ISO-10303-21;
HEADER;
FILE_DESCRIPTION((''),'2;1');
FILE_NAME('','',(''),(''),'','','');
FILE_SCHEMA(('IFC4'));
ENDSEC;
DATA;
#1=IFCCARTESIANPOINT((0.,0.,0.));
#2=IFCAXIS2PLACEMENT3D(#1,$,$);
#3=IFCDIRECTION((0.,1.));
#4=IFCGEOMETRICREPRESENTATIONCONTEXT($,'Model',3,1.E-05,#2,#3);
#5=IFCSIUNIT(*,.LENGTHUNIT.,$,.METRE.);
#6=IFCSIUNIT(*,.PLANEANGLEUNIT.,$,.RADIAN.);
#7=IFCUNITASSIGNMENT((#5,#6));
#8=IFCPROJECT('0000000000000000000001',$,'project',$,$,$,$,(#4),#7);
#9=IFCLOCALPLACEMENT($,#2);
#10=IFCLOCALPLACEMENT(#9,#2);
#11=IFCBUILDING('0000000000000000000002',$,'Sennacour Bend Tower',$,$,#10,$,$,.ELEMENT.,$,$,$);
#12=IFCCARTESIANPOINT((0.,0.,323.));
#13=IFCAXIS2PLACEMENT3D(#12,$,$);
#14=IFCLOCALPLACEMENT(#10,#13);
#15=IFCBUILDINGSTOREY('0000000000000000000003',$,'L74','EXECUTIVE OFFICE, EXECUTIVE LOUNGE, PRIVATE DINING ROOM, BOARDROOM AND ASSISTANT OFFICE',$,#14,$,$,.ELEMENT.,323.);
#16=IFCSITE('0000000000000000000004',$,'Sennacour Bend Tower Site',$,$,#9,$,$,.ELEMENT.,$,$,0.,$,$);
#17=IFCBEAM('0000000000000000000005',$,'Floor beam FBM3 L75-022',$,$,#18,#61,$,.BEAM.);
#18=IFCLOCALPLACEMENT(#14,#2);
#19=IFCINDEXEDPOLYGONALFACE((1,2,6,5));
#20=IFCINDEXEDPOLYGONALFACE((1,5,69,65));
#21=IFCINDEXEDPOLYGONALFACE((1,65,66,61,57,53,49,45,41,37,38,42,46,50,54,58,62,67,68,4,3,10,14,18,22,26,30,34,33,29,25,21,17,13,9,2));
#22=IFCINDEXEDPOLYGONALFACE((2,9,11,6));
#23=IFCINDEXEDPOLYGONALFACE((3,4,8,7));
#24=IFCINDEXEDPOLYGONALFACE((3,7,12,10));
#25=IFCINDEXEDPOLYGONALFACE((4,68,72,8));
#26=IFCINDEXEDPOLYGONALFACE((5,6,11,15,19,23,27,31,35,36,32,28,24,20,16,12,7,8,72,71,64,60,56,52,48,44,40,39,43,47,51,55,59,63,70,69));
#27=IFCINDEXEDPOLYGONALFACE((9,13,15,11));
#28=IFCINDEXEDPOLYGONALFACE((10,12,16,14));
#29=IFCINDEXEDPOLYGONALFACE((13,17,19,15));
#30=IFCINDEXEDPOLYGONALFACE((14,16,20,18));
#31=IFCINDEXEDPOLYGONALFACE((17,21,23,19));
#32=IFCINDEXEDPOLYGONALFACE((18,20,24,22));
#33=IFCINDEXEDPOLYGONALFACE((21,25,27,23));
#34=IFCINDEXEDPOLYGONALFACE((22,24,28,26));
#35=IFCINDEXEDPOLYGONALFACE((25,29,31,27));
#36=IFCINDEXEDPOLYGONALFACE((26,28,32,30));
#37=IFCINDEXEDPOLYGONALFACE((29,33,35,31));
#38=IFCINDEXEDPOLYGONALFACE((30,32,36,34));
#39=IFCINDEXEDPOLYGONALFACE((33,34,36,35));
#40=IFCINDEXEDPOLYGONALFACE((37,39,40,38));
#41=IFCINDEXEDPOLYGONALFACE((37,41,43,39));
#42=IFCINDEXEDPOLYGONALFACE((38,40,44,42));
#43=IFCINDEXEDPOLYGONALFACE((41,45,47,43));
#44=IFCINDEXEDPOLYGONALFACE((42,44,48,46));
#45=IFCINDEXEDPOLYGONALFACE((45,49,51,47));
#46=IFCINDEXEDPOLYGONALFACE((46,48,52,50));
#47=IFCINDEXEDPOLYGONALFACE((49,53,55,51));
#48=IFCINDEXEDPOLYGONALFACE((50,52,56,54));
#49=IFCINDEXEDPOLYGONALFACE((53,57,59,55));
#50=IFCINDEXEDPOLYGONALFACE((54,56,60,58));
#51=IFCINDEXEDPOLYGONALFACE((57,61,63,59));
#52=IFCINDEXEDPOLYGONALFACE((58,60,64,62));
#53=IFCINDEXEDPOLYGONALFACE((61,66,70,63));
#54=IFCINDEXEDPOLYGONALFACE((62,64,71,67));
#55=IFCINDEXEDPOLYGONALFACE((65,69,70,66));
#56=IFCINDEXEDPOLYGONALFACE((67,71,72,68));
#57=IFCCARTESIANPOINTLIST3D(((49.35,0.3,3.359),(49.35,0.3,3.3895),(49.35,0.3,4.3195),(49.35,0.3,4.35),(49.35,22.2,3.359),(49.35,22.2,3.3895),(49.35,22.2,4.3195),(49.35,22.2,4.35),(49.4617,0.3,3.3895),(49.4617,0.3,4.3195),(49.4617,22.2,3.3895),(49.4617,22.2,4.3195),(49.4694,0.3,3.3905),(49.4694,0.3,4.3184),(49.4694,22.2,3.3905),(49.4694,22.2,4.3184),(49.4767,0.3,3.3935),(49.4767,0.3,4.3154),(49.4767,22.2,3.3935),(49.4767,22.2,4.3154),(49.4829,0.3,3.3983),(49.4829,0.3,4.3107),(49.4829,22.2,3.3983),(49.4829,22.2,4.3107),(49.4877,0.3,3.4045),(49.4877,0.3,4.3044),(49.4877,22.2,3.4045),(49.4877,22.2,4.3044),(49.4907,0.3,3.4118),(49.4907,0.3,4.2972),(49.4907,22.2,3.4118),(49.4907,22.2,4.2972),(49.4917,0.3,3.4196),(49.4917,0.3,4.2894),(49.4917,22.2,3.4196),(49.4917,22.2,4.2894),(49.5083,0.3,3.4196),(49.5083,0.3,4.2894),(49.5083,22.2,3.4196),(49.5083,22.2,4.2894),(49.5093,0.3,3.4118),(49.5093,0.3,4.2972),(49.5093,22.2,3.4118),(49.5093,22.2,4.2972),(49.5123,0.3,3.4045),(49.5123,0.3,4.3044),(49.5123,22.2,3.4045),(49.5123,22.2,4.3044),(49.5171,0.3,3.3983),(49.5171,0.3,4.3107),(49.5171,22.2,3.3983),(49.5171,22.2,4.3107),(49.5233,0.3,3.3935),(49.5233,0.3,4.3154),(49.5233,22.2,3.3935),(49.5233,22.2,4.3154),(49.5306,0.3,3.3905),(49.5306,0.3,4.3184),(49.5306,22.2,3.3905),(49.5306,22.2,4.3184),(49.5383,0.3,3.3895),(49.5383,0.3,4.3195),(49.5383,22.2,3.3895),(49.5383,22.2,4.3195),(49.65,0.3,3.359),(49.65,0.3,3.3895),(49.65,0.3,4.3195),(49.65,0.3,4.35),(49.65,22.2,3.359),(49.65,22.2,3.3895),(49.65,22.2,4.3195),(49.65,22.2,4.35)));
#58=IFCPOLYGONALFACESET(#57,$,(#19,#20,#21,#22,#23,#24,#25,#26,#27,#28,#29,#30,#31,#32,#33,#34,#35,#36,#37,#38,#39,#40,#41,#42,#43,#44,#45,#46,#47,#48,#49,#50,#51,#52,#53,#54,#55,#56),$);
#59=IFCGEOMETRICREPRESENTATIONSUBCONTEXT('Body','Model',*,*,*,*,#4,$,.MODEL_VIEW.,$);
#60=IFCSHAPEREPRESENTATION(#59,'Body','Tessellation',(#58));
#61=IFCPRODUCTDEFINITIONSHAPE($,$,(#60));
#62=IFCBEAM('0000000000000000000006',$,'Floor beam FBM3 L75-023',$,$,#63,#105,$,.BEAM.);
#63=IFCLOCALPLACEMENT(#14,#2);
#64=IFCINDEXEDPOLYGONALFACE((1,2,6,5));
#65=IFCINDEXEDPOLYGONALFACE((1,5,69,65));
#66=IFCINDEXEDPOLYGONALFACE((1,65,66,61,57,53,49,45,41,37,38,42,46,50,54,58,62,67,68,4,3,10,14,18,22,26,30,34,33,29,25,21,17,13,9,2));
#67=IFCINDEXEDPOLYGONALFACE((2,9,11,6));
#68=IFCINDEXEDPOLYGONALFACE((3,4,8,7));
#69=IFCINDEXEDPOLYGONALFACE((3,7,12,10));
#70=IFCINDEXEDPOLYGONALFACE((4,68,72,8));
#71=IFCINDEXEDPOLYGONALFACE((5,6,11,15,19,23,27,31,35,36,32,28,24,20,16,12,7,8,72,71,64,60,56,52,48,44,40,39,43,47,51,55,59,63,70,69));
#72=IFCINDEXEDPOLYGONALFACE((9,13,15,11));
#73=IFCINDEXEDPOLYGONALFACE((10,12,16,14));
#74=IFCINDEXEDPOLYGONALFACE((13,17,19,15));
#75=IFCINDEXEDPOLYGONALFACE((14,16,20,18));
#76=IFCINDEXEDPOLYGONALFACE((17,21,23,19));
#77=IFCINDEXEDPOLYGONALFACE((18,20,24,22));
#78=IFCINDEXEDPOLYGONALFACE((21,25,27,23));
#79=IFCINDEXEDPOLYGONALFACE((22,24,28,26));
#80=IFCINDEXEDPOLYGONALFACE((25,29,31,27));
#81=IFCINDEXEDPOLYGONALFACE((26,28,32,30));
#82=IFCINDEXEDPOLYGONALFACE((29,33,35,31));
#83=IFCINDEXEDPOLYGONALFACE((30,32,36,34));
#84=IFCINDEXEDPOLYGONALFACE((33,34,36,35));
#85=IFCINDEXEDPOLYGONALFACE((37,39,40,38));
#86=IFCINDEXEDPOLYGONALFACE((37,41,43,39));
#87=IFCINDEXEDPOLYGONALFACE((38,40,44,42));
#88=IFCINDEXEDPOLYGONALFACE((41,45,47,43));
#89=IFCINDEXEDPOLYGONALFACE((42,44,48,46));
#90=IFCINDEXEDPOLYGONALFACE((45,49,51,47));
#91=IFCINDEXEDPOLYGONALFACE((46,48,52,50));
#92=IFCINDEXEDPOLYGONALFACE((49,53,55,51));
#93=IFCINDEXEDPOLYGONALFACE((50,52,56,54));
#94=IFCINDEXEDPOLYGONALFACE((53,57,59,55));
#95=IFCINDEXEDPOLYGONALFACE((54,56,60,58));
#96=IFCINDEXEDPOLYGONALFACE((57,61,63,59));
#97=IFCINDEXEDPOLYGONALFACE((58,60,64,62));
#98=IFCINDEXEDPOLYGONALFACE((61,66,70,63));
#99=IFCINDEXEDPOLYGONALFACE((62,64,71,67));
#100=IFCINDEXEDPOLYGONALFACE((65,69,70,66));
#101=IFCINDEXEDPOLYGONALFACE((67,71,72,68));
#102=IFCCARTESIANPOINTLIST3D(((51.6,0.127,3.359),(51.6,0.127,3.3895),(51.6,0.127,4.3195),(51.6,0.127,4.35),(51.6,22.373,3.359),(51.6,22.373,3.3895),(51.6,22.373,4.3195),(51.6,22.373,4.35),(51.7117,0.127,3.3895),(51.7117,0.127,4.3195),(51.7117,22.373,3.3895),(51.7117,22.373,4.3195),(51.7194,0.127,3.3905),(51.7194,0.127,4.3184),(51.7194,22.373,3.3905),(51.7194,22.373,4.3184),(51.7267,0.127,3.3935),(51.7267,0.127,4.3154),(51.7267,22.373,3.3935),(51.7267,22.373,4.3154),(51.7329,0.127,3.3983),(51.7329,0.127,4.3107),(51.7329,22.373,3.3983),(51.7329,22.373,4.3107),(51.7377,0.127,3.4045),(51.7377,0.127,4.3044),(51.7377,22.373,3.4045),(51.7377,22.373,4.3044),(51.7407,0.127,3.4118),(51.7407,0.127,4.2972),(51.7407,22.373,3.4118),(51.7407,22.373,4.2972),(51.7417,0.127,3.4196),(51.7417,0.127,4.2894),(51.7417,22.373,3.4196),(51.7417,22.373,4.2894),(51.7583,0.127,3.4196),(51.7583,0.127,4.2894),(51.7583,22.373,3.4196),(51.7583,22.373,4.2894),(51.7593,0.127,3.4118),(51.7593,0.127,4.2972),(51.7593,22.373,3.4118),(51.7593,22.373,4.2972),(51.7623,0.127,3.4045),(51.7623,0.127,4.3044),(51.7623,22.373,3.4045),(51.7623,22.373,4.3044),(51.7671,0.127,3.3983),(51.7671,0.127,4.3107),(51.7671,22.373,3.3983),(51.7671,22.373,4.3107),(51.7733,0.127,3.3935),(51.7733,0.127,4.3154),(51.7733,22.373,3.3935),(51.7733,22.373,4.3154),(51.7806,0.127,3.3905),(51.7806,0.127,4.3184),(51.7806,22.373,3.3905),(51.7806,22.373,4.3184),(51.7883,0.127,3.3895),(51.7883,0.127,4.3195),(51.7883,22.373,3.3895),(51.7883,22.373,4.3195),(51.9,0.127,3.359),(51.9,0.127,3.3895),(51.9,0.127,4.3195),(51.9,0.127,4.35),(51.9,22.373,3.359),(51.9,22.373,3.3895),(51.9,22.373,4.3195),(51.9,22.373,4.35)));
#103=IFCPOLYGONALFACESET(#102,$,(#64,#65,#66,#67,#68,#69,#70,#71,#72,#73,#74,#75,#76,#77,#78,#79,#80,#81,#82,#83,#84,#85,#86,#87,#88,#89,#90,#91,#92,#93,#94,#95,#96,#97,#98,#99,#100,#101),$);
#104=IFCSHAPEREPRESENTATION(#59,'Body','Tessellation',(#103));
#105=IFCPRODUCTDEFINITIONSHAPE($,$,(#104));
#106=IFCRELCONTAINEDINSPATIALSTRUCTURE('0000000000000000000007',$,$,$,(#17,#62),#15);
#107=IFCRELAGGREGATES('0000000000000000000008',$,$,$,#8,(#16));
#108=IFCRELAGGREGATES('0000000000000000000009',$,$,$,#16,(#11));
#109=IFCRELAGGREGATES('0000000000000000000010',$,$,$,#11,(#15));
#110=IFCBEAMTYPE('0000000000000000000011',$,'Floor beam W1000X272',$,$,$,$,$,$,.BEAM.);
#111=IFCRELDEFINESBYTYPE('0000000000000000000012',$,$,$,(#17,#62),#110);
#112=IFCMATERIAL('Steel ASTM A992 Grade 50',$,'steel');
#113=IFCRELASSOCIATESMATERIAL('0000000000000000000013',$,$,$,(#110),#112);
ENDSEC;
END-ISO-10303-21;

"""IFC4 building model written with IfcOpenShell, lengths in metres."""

from ifc_helpers import new_model, si_unit, direction, frame, origin, origin_2d, place, context, subcontext, project, spatial, i_section, extrude, material, material_profile, profile_set, type_object, element, save


model = new_model("IFC4")

# Units and contexts
model_context = context("Model", 3, precision=1e-05, world=origin(), true_north=direction((0.0, 1.0)))
body_context = subcontext(model_context, "Body", "Model", "MODEL_VIEW")
ifc_project = project(units=[si_unit("LENGTHUNIT", "METRE"), si_unit("PLANEANGLEUNIT", "RADIAN")], contexts=[model_context])

# Site, building, storey
site_placement = place(None, origin())
site = spatial("IfcSite", under=ifc_project, at=site_placement, Name="Sennacour Bend Tower Site", CompositionType="ELEMENT", RefElevation=0.0)
building_placement = place(site_placement, origin())
building = spatial("IfcBuilding", under=site, at=building_placement, Name="Sennacour Bend Tower", CompositionType="ELEMENT")
storey_placement = place(building_placement, frame((0.0, 0.0, 323.0)))
storey = spatial("IfcBuildingStorey", under=building, at=storey_placement, Name="L74", Description="EXECUTIVE OFFICE, EXECUTIVE LOUNGE, PRIVATE DINING ROOM, BOARDROOM AND ASSISTANT OFFICE", CompositionType="ELEMENT", Elevation=323.0)

# Beams
ifc_material_1 = material(Name="Steel ASTM A992 Grade 50", Category="steel")
ifc_material_profile = material_profile(ifc_material_1, i_section(OverallWidth=0.3, OverallDepth=0.991, WebThickness=0.0166, FlangeThickness=0.0305, FilletRadius=0.03, at=origin_2d()), Name="Steel ASTM A992 Grade 50", Category="steel")
ifc_profile_set = profile_set([ifc_material_profile], Name="Steel ASTM A992 Grade 50")
beam_type = type_object("IfcBeamType", Name="Floor beam W1000X272", PredefinedType="BEAM", material=ifc_profile_set)
beam_1_placement = place(storey_placement, frame((49.5, 0.3, 3.8545), z_axis=(0.0, 1.0, 0.0), x_axis=(-1.0, 0.0, 0.0)))
element("IfcBeam", 1, at=beam_1_placement, inside=storey, type_object=beam_type, Name="Floor beam FBM3 L75-022", PredefinedType="BEAM", context=body_context, shape_type="SweptSolid", body=[
    extrude(i_section(OverallWidth=0.3, OverallDepth=0.991, WebThickness=0.0166, FlangeThickness=0.0305, FilletRadius=0.03, at=origin_2d()), origin(), (0.0, 0.0, 1.0), 21.8999),
])
beam_2_placement = place(storey_placement, frame((51.75, 0.127, 3.8545), z_axis=(0.0, 1.0, 0.0), x_axis=(-1.0, 0.0, 0.0)))
element("IfcBeam", 2, at=beam_2_placement, inside=storey, type_object=beam_type, Name="Floor beam FBM3 L75-023", PredefinedType="BEAM", context=body_context, shape_type="SweptSolid", body=[
    extrude(i_section(OverallWidth=0.3, OverallDepth=0.991, WebThickness=0.0166, FlangeThickness=0.0305, FilletRadius=0.03, at=origin_2d()), origin(), (0.0, 0.0, 1.0), 22.2461),
])

save(model, "model.ifc")
